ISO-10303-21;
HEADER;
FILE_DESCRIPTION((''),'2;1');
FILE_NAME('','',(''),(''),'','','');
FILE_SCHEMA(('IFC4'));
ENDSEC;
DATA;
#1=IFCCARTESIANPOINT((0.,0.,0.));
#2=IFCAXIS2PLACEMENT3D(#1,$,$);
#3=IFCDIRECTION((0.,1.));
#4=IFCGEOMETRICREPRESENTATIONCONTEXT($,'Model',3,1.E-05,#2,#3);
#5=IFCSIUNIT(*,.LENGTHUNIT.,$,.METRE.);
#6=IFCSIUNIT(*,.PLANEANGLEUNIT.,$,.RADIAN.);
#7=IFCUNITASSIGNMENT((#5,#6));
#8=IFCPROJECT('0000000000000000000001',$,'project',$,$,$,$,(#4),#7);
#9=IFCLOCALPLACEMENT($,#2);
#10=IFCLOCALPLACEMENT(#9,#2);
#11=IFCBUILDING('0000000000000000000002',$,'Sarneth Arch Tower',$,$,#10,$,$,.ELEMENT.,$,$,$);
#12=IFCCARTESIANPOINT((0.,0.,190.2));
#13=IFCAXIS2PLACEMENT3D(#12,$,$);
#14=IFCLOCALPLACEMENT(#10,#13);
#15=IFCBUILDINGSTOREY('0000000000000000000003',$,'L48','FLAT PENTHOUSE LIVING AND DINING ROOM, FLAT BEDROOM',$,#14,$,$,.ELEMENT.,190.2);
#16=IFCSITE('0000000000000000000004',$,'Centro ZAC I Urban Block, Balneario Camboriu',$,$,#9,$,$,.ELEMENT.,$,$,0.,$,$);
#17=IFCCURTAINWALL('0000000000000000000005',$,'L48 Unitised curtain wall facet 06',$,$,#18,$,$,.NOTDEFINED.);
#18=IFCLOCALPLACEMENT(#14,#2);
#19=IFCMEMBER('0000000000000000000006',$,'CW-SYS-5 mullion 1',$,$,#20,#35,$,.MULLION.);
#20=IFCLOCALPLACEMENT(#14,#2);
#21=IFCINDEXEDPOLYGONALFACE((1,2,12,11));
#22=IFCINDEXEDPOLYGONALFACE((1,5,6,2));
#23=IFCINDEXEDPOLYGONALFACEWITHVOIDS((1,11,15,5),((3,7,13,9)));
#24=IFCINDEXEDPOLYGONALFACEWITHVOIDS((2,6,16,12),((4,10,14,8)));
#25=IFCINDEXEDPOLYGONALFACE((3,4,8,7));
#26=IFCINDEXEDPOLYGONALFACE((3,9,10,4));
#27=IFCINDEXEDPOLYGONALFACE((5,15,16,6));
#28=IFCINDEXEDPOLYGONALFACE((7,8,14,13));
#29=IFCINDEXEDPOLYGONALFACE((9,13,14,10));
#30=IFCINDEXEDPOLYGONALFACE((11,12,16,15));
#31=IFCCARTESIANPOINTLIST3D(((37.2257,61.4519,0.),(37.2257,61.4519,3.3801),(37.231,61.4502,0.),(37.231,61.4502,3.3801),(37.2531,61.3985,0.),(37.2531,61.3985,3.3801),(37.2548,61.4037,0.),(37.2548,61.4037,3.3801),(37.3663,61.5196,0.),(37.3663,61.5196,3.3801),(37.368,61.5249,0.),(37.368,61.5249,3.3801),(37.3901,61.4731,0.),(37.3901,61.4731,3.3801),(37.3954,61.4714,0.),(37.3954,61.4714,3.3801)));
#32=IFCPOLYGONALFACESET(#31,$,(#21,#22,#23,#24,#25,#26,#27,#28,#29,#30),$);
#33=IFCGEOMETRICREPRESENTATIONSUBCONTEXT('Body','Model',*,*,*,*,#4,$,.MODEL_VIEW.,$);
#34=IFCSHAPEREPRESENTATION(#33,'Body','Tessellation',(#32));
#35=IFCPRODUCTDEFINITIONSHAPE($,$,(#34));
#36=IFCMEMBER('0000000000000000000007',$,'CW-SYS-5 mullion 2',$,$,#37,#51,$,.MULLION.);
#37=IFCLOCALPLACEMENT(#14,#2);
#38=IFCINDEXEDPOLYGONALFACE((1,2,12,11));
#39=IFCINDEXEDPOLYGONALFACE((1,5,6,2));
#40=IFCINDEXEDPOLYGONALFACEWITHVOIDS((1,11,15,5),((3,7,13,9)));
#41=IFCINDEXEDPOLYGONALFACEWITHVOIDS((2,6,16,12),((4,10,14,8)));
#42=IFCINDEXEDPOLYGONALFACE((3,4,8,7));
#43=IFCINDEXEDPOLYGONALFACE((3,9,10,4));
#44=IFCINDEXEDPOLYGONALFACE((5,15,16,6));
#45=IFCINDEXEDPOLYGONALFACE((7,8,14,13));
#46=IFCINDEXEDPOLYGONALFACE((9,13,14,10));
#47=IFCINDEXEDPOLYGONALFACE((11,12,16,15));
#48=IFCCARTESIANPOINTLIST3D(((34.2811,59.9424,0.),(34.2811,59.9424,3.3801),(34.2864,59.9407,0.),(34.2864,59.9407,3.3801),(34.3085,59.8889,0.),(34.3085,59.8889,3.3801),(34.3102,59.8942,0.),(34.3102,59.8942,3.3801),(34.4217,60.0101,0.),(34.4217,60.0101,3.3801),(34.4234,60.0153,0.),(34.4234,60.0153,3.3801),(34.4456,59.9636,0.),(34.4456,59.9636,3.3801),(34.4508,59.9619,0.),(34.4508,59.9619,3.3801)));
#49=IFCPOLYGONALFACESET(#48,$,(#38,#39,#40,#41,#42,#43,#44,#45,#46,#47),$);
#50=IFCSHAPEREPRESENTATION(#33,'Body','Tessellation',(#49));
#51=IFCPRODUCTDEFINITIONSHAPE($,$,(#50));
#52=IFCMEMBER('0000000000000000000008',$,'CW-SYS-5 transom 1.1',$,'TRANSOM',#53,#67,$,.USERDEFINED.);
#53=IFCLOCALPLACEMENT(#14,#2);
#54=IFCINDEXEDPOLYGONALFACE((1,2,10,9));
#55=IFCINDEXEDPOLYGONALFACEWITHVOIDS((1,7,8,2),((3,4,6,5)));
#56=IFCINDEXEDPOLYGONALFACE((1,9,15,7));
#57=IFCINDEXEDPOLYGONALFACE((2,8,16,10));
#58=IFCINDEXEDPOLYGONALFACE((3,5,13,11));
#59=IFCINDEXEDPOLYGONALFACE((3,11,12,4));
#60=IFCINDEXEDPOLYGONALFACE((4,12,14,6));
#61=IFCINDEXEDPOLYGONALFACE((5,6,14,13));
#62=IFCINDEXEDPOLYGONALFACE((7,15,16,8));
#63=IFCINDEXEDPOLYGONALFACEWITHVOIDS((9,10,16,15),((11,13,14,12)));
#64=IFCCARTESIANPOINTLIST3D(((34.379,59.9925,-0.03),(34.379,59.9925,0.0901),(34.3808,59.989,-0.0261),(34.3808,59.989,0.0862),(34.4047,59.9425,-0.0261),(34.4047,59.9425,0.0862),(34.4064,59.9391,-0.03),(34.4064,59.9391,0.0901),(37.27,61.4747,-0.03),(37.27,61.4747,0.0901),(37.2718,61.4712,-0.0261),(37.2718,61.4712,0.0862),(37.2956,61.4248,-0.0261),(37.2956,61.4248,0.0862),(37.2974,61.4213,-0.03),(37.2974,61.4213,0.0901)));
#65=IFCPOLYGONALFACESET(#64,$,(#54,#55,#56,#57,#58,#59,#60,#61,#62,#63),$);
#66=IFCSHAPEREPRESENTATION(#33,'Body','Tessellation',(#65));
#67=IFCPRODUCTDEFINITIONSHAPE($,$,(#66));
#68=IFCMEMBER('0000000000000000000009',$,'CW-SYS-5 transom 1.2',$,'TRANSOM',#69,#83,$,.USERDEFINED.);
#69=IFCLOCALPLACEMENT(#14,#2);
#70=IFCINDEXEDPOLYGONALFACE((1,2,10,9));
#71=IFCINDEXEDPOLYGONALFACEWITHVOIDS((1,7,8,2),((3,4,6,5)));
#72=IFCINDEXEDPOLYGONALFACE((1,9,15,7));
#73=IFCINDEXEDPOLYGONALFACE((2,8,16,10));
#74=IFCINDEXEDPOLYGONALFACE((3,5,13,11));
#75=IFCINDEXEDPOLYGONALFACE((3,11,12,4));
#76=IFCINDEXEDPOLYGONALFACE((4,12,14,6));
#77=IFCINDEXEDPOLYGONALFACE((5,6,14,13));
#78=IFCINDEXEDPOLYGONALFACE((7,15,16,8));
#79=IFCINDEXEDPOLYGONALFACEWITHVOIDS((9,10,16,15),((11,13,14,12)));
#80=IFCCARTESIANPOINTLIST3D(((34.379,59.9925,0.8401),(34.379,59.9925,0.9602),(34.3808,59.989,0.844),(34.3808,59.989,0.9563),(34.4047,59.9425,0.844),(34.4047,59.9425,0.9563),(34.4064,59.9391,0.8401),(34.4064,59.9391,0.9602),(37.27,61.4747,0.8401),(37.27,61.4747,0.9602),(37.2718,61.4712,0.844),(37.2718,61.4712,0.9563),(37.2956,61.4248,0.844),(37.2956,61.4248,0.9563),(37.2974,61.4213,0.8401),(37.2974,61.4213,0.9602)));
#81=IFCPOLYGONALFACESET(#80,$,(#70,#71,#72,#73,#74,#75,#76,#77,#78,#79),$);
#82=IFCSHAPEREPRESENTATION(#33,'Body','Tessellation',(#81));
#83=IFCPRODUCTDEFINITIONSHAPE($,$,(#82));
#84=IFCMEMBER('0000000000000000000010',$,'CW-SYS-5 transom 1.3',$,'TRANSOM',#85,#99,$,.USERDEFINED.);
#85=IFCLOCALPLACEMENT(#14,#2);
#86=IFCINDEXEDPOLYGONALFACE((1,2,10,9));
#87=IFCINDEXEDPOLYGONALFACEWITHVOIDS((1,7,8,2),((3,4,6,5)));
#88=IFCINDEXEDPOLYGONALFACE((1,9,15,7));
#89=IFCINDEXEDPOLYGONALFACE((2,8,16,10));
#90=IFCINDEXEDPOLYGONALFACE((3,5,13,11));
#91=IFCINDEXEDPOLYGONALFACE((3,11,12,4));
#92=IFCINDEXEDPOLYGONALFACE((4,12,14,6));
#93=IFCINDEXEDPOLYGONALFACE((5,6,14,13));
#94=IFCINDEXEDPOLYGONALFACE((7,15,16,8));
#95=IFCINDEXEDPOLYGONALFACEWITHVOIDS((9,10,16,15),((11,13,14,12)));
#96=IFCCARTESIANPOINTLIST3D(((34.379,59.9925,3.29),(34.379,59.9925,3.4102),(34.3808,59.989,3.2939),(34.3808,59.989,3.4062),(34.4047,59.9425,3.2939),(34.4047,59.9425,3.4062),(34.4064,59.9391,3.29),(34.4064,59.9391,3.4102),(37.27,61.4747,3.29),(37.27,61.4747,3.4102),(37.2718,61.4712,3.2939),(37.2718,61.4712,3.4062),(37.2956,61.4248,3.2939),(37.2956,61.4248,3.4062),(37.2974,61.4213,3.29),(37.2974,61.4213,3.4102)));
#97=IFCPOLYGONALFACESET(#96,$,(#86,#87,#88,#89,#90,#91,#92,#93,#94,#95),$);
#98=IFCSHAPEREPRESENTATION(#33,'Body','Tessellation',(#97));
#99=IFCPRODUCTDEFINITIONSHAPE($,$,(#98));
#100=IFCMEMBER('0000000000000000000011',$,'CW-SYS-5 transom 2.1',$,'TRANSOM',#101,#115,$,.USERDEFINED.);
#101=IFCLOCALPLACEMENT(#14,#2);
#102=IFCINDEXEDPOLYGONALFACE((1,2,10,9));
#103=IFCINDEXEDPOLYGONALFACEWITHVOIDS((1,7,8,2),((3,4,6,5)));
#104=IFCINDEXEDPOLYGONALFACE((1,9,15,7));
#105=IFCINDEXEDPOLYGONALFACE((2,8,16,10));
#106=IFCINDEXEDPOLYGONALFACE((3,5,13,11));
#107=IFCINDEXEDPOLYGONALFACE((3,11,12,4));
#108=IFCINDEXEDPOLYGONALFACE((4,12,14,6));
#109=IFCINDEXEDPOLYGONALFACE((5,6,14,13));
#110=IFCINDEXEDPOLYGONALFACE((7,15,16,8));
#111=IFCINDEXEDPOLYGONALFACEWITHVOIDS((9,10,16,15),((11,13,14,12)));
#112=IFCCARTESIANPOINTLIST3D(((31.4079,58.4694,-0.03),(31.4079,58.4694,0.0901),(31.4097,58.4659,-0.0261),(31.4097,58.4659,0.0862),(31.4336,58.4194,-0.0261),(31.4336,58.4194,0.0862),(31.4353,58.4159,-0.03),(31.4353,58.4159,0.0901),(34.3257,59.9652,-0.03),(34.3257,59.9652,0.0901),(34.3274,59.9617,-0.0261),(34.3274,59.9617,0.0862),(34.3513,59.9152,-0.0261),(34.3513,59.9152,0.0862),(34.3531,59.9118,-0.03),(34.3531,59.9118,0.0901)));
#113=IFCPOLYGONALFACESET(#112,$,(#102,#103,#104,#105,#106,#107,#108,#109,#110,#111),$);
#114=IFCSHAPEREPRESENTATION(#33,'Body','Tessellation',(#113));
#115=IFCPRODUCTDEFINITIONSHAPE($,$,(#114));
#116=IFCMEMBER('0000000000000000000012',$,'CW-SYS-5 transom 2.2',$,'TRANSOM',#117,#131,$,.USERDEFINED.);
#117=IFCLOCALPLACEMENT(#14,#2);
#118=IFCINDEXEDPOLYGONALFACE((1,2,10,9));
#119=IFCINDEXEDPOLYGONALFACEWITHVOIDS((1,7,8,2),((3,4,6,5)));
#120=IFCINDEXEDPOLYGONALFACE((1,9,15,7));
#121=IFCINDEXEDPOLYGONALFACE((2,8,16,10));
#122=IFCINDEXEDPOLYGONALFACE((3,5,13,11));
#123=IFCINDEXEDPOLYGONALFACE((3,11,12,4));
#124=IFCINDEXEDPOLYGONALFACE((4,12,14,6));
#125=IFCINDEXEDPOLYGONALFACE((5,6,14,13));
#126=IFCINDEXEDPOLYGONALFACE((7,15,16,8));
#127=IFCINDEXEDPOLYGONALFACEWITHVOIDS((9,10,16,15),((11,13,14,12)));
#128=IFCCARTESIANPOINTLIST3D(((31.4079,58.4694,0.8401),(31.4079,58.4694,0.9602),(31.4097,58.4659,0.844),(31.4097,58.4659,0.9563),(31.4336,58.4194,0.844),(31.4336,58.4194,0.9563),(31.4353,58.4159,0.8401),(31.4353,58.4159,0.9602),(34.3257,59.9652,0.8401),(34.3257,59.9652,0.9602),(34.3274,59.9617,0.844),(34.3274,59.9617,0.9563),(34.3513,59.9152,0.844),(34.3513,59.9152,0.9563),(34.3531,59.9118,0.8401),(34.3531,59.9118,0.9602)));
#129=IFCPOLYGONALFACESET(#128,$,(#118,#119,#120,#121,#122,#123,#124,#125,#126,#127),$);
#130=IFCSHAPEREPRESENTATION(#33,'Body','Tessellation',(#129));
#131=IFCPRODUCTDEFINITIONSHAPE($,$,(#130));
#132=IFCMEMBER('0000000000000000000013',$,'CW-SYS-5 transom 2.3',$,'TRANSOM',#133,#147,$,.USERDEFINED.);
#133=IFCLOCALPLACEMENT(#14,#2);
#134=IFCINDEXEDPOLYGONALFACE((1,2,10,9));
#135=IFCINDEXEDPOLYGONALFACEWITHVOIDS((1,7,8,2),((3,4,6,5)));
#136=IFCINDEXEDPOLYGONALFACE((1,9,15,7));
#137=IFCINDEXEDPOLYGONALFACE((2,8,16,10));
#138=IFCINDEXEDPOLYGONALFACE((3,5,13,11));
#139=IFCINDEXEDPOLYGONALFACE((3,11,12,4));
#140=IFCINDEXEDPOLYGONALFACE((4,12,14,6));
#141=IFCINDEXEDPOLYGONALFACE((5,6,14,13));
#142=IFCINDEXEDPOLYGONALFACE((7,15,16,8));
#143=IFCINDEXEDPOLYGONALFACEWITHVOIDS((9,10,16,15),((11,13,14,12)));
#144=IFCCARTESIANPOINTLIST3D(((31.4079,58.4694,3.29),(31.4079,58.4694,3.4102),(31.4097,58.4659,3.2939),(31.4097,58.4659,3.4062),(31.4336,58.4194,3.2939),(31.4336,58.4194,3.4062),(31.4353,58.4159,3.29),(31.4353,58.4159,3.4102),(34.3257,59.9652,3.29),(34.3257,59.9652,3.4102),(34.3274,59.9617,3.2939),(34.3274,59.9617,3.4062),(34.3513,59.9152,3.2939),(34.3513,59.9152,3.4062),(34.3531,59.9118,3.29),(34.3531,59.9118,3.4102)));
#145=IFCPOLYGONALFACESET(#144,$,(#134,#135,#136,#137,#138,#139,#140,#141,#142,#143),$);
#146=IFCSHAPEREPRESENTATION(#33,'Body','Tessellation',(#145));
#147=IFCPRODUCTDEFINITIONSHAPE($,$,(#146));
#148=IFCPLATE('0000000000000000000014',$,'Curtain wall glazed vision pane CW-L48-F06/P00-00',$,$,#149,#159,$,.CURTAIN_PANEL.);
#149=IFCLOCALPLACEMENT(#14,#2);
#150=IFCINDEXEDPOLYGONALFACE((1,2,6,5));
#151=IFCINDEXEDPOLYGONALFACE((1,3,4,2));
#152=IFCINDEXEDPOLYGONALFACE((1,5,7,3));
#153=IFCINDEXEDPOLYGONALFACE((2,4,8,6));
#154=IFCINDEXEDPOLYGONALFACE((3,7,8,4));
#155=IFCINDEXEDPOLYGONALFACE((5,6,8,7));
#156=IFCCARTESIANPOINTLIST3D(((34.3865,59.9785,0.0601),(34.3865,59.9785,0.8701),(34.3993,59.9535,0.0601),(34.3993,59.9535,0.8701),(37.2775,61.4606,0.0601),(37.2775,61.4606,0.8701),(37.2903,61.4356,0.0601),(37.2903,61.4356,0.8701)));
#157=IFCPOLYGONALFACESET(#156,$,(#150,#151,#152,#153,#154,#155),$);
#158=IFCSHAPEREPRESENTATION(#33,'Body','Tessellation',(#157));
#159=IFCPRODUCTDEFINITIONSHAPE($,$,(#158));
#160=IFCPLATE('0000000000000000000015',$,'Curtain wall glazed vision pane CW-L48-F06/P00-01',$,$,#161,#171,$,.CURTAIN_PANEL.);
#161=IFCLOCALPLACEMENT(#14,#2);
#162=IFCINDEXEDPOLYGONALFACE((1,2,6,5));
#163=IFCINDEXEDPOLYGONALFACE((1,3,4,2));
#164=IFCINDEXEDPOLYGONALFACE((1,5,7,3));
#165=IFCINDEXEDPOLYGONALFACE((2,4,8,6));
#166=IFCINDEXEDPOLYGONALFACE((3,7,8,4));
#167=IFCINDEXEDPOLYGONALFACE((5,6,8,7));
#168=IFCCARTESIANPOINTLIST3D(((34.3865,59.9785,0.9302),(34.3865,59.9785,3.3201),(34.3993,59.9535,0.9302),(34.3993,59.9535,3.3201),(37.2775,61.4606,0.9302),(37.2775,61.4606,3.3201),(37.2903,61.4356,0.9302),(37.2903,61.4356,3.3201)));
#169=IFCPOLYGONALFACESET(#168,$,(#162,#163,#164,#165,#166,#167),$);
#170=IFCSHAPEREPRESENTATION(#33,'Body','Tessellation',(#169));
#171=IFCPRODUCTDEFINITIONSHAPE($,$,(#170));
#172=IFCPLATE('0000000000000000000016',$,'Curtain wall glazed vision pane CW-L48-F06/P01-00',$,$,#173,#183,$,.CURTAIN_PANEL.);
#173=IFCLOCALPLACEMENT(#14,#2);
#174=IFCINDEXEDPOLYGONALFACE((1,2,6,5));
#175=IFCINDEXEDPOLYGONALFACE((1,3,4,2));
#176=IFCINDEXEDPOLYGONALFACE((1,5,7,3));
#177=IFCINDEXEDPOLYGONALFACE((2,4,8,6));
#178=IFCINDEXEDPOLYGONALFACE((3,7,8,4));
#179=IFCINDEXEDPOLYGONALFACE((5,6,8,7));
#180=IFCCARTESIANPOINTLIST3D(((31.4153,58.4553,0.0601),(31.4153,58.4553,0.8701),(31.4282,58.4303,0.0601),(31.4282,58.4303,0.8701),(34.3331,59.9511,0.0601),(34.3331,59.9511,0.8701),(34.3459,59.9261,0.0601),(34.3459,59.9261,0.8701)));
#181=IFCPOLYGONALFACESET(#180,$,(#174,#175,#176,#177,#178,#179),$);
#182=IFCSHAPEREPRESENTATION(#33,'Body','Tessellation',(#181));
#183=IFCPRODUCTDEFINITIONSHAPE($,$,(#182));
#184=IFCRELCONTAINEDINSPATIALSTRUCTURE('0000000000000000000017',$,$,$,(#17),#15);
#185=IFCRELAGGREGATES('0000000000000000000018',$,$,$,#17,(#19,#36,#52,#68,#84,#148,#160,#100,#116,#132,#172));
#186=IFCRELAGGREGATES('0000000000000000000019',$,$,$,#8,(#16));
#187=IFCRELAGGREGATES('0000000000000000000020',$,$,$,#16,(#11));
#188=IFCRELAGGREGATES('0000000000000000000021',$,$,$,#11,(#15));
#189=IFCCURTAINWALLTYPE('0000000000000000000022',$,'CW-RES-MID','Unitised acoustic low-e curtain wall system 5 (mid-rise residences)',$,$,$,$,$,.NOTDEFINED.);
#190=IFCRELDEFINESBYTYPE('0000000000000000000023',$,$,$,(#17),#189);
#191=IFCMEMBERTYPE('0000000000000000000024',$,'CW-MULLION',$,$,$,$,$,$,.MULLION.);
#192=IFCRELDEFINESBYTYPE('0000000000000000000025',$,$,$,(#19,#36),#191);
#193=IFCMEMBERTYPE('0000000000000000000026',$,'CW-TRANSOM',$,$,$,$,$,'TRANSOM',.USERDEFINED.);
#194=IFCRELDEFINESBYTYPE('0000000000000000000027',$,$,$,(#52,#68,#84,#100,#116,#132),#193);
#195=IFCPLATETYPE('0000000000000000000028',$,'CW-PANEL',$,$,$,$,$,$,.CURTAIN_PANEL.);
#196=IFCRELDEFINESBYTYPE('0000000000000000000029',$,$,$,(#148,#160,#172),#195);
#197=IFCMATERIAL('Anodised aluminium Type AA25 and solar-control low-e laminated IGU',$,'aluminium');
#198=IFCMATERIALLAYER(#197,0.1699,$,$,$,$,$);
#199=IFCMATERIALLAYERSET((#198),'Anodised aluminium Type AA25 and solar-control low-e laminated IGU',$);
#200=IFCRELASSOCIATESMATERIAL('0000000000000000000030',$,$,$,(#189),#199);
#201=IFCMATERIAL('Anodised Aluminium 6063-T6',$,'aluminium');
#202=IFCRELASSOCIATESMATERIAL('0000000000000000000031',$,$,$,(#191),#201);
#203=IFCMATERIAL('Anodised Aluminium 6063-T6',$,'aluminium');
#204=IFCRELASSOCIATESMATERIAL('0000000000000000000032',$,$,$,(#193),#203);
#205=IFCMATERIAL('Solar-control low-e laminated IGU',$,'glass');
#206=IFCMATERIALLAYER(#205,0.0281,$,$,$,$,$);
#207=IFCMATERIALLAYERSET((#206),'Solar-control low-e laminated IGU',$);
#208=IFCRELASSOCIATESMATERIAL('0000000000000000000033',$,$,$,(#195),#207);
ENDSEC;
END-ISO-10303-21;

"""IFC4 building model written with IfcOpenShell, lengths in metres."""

from ifc_helpers import new_model, si_unit, direction, frame, origin, origin_2d, place, context, subcontext, project, spatial, rectangle, hollow_rectangle, extrude, material, layer, layer_set, material_profile, profile_set, type_object, element, aggregate, save


model = new_model("IFC4")

# Units and contexts
model_context = context("Model", 3, precision=1e-05, world=origin(), true_north=direction((0.0, 1.0)))
body_context = subcontext(model_context, "Body", "Model", "MODEL_VIEW")
ifc_project = project(units=[si_unit("LENGTHUNIT", "METRE"), si_unit("PLANEANGLEUNIT", "RADIAN")], contexts=[model_context])

# Site, building, storey
site_placement = place(None, origin())
site = spatial("IfcSite", under=ifc_project, at=site_placement, Name="Centro ZAC I Urban Block, Balneario Camboriu", CompositionType="ELEMENT", RefElevation=0.0)
building_placement = place(site_placement, origin())
building = spatial("IfcBuilding", under=site, at=building_placement, Name="Sarneth Arch Tower", CompositionType="ELEMENT")
storey_placement = place(building_placement, frame((0.0, 0.0, 190.2)))
storey = spatial("IfcBuildingStorey", under=building, at=storey_placement, Name="L48", Description="FLAT PENTHOUSE LIVING AND DINING ROOM, FLAT BEDROOM", CompositionType="ELEMENT", Elevation=190.2)

# Curtain wall, members, plates
ifc_material_1 = material(Name="Anodised aluminium Type AA25 and solar-control low-e laminated IGU", Category="aluminium")
ifc_layer_1 = layer(ifc_material_1, 0.1699)
ifc_layer_set_1 = layer_set([ifc_layer_1], Name="Anodised aluminium Type AA25 and solar-control low-e laminated IGU")
curtain_wall_type = type_object("IfcCurtainWallType", Name="CW-RES-MID", Description="Unitised acoustic low-e curtain wall system 5 (mid-rise residences)", PredefinedType="NOTDEFINED", material=ifc_layer_set_1)
curtain_wall_placement = place(storey_placement, origin())
curtain_wall = element("IfcCurtainWall", 1, at=curtain_wall_placement, inside=storey, type_object=curtain_wall_type, Name="L48 Unitised curtain wall facet 06", PredefinedType="NOTDEFINED")
ifc_material_2 = material(Name="Anodised Aluminium 6063-T6", Category="aluminium")
ifc_material_profile_1 = material_profile(ifc_material_2, hollow_rectangle(XDim=0.0601, YDim=0.1599, WallThickness=0.0039, at=origin_2d()), Name="AL-MULL-160x60x4")
ifc_profile_set_1 = profile_set([ifc_material_profile_1], Name="Anodised Aluminium 6063-T6")
member_type_1 = type_object("IfcMemberType", Name="CW-MULLION", PredefinedType="MULLION", material=ifc_profile_set_1)
member_1_placement = place(storey_placement, frame((37.3105, 61.4617, 0.0), z_axis=(0.0, 0.0, 1.0), x_axis=(0.456208, -0.889873, 0.0)))
member_1 = element("IfcMember", 2, at=member_1_placement, type_object=member_type_1, Name="CW-SYS-5 mullion 1", PredefinedType="MULLION", context=body_context, shape_type="SweptSolid", body=[
    extrude(hollow_rectangle(XDim=0.0601, YDim=0.1599, WallThickness=0.0039, at=origin_2d()), origin(), (0.0, 0.0, 1.0), 3.3801),
])
member_2_placement = place(storey_placement, frame((34.366, 59.9521, 0.0), z_axis=(0.0, 0.0, 1.0), x_axis=(0.456208, -0.889873, 0.0)))
member_2 = element("IfcMember", 3, at=member_2_placement, type_object=member_type_1, Name="CW-SYS-5 mullion 2", PredefinedType="MULLION", context=body_context, shape_type="SweptSolid", body=[
    extrude(hollow_rectangle(XDim=0.0601, YDim=0.1599, WallThickness=0.0039, at=origin_2d()), origin(), (0.0, 0.0, 1.0), 3.3801),
])
ifc_material_3 = material(Name="Anodised Aluminium 6063-T6", Category="aluminium")
ifc_material_profile_2 = material_profile(ifc_material_3, hollow_rectangle(XDim=0.0601, YDim=0.1201, WallThickness=0.0039, at=origin_2d()), Name="AL-TRAN-120x60x4")
ifc_profile_set_2 = profile_set([ifc_material_profile_2], Name="Anodised Aluminium 6063-T6")
member_type_2 = type_object("IfcMemberType", Name="CW-TRANSOM", ElementType="TRANSOM", PredefinedType="USERDEFINED", material=ifc_profile_set_2)
member_3_placement = place(storey_placement, frame((37.2837, 61.448, 0.03), z_axis=(-0.889857, -0.456239, 0.0), x_axis=(0.456239, -0.889857, 0.0)))
member_3 = element("IfcMember", 4, at=member_3_placement, type_object=member_type_2, Name="CW-SYS-5 transom 1.1", ObjectType="TRANSOM", PredefinedType="USERDEFINED", context=body_context, shape_type="SweptSolid", body=[
    extrude(hollow_rectangle(XDim=0.0601, YDim=0.1201, WallThickness=0.0039, at=origin_2d()), origin(), (0.0, 0.0, 1.0), 3.2488),
])
member_4_placement = place(storey_placement, frame((37.2837, 61.448, 0.9001), z_axis=(-0.889857, -0.456239, 0.0), x_axis=(0.456239, -0.889857, 0.0)))
member_4 = element("IfcMember", 5, at=member_4_placement, type_object=member_type_2, Name="CW-SYS-5 transom 1.2", ObjectType="TRANSOM", PredefinedType="USERDEFINED", context=body_context, shape_type="SweptSolid", body=[
    extrude(hollow_rectangle(XDim=0.0601, YDim=0.1201, WallThickness=0.0039, at=origin_2d()), origin(), (0.0, 0.0, 1.0), 3.2488),
])
member_5_placement = place(storey_placement, frame((37.2837, 61.448, 3.3501), z_axis=(-0.889857, -0.456239, 0.0), x_axis=(0.456239, -0.889857, 0.0)))
member_5 = element("IfcMember", 6, at=member_5_placement, type_object=member_type_2, Name="CW-SYS-5 transom 1.3", ObjectType="TRANSOM", PredefinedType="USERDEFINED", context=body_context, shape_type="SweptSolid", body=[
    extrude(hollow_rectangle(XDim=0.0601, YDim=0.1201, WallThickness=0.0039, at=origin_2d()), origin(), (0.0, 0.0, 1.0), 3.2488),
])
member_6_placement = place(storey_placement, frame((34.3394, 59.9385, 0.03), z_axis=(-0.889869, -0.456215, 0.0), x_axis=(0.456215, -0.889869, 0.0)))
member_6 = element("IfcMember", 7, at=member_6_placement, type_object=member_type_2, Name="CW-SYS-5 transom 2.1", ObjectType="TRANSOM", PredefinedType="USERDEFINED", context=body_context, shape_type="SweptSolid", body=[
    extrude(hollow_rectangle(XDim=0.0601, YDim=0.1201, WallThickness=0.0039, at=origin_2d()), origin(), (0.0, 0.0, 1.0), 3.2788),
])
member_7_placement = place(storey_placement, frame((34.3394, 59.9385, 0.9001), z_axis=(-0.889869, -0.456215, 0.0), x_axis=(0.456215, -0.889869, 0.0)))
member_7 = element("IfcMember", 8, at=member_7_placement, type_object=member_type_2, Name="CW-SYS-5 transom 2.2", ObjectType="TRANSOM", PredefinedType="USERDEFINED", context=body_context, shape_type="SweptSolid", body=[
    extrude(hollow_rectangle(XDim=0.0601, YDim=0.1201, WallThickness=0.0039, at=origin_2d()), origin(), (0.0, 0.0, 1.0), 3.2788),
])
member_8_placement = place(storey_placement, frame((34.3394, 59.9385, 3.3501), z_axis=(-0.889869, -0.456215, 0.0), x_axis=(0.456215, -0.889869, 0.0)))
member_8 = element("IfcMember", 9, at=member_8_placement, type_object=member_type_2, Name="CW-SYS-5 transom 2.3", ObjectType="TRANSOM", PredefinedType="USERDEFINED", context=body_context, shape_type="SweptSolid", body=[
    extrude(hollow_rectangle(XDim=0.0601, YDim=0.1201, WallThickness=0.0039, at=origin_2d()), origin(), (0.0, 0.0, 1.0), 3.2788),
])
ifc_material_4 = material(Name="Solar-control low-e laminated IGU", Category="glass")
ifc_layer_2 = layer(ifc_material_4, 0.0281)
ifc_layer_set_2 = layer_set([ifc_layer_2], Name="Solar-control low-e laminated IGU")
plate_type_1 = type_object("IfcPlateType", Name="CW-PANEL", PredefinedType="CURTAIN_PANEL", material=ifc_layer_set_2)
plate_1_placement = place(storey_placement, frame((35.8384, 60.707, 0.0601), z_axis=(0.0, 0.0, 1.0), x_axis=(-0.889873, -0.456208, 0.0)))
plate_1 = element("IfcPlate", 10, at=plate_1_placement, type_object=plate_type_1, Name="Curtain wall glazed vision pane CW-L48-F06/P00-00", PredefinedType="CURTAIN_PANEL", context=body_context, shape_type="SweptSolid", body=[
    extrude(rectangle(XDim=3.2488, YDim=0.0281, at=origin_2d()), origin(), (0.0, 0.0, 1.0), 0.8101),
])
plate_2_placement = place(storey_placement, frame((35.8384, 60.707, 0.9302), z_axis=(0.0, 0.0, 1.0), x_axis=(-0.889873, -0.456208, 0.0)))
plate_2 = element("IfcPlate", 11, at=plate_2_placement, type_object=plate_type_1, Name="Curtain wall glazed vision pane CW-L48-F06/P00-01", PredefinedType="CURTAIN_PANEL", context=body_context, shape_type="SweptSolid", body=[
    extrude(rectangle(XDim=3.2488, YDim=0.0281, at=origin_2d()), origin(), (0.0, 0.0, 1.0), 2.3899),
])
plate_3_placement = place(storey_placement, frame((32.8806, 59.1907, 0.0601), z_axis=(0.0, 0.0, 1.0), x_axis=(-0.889873, -0.456208, 0.0)))
plate_3 = element("IfcPlate", 12, at=plate_3_placement, type_object=plate_type_1, Name="Curtain wall glazed vision pane CW-L48-F06/P01-00", PredefinedType="CURTAIN_PANEL", context=body_context, shape_type="SweptSolid", body=[
    extrude(rectangle(XDim=3.2788, YDim=0.0281, at=origin_2d()), origin(), (0.0, 0.0, 1.0), 0.8101),
])
aggregate(curtain_wall, [member_1, member_2, member_3, member_4, member_5, plate_1, plate_2, member_6, member_7, member_8, plate_3])

save(model, "model.ifc")
